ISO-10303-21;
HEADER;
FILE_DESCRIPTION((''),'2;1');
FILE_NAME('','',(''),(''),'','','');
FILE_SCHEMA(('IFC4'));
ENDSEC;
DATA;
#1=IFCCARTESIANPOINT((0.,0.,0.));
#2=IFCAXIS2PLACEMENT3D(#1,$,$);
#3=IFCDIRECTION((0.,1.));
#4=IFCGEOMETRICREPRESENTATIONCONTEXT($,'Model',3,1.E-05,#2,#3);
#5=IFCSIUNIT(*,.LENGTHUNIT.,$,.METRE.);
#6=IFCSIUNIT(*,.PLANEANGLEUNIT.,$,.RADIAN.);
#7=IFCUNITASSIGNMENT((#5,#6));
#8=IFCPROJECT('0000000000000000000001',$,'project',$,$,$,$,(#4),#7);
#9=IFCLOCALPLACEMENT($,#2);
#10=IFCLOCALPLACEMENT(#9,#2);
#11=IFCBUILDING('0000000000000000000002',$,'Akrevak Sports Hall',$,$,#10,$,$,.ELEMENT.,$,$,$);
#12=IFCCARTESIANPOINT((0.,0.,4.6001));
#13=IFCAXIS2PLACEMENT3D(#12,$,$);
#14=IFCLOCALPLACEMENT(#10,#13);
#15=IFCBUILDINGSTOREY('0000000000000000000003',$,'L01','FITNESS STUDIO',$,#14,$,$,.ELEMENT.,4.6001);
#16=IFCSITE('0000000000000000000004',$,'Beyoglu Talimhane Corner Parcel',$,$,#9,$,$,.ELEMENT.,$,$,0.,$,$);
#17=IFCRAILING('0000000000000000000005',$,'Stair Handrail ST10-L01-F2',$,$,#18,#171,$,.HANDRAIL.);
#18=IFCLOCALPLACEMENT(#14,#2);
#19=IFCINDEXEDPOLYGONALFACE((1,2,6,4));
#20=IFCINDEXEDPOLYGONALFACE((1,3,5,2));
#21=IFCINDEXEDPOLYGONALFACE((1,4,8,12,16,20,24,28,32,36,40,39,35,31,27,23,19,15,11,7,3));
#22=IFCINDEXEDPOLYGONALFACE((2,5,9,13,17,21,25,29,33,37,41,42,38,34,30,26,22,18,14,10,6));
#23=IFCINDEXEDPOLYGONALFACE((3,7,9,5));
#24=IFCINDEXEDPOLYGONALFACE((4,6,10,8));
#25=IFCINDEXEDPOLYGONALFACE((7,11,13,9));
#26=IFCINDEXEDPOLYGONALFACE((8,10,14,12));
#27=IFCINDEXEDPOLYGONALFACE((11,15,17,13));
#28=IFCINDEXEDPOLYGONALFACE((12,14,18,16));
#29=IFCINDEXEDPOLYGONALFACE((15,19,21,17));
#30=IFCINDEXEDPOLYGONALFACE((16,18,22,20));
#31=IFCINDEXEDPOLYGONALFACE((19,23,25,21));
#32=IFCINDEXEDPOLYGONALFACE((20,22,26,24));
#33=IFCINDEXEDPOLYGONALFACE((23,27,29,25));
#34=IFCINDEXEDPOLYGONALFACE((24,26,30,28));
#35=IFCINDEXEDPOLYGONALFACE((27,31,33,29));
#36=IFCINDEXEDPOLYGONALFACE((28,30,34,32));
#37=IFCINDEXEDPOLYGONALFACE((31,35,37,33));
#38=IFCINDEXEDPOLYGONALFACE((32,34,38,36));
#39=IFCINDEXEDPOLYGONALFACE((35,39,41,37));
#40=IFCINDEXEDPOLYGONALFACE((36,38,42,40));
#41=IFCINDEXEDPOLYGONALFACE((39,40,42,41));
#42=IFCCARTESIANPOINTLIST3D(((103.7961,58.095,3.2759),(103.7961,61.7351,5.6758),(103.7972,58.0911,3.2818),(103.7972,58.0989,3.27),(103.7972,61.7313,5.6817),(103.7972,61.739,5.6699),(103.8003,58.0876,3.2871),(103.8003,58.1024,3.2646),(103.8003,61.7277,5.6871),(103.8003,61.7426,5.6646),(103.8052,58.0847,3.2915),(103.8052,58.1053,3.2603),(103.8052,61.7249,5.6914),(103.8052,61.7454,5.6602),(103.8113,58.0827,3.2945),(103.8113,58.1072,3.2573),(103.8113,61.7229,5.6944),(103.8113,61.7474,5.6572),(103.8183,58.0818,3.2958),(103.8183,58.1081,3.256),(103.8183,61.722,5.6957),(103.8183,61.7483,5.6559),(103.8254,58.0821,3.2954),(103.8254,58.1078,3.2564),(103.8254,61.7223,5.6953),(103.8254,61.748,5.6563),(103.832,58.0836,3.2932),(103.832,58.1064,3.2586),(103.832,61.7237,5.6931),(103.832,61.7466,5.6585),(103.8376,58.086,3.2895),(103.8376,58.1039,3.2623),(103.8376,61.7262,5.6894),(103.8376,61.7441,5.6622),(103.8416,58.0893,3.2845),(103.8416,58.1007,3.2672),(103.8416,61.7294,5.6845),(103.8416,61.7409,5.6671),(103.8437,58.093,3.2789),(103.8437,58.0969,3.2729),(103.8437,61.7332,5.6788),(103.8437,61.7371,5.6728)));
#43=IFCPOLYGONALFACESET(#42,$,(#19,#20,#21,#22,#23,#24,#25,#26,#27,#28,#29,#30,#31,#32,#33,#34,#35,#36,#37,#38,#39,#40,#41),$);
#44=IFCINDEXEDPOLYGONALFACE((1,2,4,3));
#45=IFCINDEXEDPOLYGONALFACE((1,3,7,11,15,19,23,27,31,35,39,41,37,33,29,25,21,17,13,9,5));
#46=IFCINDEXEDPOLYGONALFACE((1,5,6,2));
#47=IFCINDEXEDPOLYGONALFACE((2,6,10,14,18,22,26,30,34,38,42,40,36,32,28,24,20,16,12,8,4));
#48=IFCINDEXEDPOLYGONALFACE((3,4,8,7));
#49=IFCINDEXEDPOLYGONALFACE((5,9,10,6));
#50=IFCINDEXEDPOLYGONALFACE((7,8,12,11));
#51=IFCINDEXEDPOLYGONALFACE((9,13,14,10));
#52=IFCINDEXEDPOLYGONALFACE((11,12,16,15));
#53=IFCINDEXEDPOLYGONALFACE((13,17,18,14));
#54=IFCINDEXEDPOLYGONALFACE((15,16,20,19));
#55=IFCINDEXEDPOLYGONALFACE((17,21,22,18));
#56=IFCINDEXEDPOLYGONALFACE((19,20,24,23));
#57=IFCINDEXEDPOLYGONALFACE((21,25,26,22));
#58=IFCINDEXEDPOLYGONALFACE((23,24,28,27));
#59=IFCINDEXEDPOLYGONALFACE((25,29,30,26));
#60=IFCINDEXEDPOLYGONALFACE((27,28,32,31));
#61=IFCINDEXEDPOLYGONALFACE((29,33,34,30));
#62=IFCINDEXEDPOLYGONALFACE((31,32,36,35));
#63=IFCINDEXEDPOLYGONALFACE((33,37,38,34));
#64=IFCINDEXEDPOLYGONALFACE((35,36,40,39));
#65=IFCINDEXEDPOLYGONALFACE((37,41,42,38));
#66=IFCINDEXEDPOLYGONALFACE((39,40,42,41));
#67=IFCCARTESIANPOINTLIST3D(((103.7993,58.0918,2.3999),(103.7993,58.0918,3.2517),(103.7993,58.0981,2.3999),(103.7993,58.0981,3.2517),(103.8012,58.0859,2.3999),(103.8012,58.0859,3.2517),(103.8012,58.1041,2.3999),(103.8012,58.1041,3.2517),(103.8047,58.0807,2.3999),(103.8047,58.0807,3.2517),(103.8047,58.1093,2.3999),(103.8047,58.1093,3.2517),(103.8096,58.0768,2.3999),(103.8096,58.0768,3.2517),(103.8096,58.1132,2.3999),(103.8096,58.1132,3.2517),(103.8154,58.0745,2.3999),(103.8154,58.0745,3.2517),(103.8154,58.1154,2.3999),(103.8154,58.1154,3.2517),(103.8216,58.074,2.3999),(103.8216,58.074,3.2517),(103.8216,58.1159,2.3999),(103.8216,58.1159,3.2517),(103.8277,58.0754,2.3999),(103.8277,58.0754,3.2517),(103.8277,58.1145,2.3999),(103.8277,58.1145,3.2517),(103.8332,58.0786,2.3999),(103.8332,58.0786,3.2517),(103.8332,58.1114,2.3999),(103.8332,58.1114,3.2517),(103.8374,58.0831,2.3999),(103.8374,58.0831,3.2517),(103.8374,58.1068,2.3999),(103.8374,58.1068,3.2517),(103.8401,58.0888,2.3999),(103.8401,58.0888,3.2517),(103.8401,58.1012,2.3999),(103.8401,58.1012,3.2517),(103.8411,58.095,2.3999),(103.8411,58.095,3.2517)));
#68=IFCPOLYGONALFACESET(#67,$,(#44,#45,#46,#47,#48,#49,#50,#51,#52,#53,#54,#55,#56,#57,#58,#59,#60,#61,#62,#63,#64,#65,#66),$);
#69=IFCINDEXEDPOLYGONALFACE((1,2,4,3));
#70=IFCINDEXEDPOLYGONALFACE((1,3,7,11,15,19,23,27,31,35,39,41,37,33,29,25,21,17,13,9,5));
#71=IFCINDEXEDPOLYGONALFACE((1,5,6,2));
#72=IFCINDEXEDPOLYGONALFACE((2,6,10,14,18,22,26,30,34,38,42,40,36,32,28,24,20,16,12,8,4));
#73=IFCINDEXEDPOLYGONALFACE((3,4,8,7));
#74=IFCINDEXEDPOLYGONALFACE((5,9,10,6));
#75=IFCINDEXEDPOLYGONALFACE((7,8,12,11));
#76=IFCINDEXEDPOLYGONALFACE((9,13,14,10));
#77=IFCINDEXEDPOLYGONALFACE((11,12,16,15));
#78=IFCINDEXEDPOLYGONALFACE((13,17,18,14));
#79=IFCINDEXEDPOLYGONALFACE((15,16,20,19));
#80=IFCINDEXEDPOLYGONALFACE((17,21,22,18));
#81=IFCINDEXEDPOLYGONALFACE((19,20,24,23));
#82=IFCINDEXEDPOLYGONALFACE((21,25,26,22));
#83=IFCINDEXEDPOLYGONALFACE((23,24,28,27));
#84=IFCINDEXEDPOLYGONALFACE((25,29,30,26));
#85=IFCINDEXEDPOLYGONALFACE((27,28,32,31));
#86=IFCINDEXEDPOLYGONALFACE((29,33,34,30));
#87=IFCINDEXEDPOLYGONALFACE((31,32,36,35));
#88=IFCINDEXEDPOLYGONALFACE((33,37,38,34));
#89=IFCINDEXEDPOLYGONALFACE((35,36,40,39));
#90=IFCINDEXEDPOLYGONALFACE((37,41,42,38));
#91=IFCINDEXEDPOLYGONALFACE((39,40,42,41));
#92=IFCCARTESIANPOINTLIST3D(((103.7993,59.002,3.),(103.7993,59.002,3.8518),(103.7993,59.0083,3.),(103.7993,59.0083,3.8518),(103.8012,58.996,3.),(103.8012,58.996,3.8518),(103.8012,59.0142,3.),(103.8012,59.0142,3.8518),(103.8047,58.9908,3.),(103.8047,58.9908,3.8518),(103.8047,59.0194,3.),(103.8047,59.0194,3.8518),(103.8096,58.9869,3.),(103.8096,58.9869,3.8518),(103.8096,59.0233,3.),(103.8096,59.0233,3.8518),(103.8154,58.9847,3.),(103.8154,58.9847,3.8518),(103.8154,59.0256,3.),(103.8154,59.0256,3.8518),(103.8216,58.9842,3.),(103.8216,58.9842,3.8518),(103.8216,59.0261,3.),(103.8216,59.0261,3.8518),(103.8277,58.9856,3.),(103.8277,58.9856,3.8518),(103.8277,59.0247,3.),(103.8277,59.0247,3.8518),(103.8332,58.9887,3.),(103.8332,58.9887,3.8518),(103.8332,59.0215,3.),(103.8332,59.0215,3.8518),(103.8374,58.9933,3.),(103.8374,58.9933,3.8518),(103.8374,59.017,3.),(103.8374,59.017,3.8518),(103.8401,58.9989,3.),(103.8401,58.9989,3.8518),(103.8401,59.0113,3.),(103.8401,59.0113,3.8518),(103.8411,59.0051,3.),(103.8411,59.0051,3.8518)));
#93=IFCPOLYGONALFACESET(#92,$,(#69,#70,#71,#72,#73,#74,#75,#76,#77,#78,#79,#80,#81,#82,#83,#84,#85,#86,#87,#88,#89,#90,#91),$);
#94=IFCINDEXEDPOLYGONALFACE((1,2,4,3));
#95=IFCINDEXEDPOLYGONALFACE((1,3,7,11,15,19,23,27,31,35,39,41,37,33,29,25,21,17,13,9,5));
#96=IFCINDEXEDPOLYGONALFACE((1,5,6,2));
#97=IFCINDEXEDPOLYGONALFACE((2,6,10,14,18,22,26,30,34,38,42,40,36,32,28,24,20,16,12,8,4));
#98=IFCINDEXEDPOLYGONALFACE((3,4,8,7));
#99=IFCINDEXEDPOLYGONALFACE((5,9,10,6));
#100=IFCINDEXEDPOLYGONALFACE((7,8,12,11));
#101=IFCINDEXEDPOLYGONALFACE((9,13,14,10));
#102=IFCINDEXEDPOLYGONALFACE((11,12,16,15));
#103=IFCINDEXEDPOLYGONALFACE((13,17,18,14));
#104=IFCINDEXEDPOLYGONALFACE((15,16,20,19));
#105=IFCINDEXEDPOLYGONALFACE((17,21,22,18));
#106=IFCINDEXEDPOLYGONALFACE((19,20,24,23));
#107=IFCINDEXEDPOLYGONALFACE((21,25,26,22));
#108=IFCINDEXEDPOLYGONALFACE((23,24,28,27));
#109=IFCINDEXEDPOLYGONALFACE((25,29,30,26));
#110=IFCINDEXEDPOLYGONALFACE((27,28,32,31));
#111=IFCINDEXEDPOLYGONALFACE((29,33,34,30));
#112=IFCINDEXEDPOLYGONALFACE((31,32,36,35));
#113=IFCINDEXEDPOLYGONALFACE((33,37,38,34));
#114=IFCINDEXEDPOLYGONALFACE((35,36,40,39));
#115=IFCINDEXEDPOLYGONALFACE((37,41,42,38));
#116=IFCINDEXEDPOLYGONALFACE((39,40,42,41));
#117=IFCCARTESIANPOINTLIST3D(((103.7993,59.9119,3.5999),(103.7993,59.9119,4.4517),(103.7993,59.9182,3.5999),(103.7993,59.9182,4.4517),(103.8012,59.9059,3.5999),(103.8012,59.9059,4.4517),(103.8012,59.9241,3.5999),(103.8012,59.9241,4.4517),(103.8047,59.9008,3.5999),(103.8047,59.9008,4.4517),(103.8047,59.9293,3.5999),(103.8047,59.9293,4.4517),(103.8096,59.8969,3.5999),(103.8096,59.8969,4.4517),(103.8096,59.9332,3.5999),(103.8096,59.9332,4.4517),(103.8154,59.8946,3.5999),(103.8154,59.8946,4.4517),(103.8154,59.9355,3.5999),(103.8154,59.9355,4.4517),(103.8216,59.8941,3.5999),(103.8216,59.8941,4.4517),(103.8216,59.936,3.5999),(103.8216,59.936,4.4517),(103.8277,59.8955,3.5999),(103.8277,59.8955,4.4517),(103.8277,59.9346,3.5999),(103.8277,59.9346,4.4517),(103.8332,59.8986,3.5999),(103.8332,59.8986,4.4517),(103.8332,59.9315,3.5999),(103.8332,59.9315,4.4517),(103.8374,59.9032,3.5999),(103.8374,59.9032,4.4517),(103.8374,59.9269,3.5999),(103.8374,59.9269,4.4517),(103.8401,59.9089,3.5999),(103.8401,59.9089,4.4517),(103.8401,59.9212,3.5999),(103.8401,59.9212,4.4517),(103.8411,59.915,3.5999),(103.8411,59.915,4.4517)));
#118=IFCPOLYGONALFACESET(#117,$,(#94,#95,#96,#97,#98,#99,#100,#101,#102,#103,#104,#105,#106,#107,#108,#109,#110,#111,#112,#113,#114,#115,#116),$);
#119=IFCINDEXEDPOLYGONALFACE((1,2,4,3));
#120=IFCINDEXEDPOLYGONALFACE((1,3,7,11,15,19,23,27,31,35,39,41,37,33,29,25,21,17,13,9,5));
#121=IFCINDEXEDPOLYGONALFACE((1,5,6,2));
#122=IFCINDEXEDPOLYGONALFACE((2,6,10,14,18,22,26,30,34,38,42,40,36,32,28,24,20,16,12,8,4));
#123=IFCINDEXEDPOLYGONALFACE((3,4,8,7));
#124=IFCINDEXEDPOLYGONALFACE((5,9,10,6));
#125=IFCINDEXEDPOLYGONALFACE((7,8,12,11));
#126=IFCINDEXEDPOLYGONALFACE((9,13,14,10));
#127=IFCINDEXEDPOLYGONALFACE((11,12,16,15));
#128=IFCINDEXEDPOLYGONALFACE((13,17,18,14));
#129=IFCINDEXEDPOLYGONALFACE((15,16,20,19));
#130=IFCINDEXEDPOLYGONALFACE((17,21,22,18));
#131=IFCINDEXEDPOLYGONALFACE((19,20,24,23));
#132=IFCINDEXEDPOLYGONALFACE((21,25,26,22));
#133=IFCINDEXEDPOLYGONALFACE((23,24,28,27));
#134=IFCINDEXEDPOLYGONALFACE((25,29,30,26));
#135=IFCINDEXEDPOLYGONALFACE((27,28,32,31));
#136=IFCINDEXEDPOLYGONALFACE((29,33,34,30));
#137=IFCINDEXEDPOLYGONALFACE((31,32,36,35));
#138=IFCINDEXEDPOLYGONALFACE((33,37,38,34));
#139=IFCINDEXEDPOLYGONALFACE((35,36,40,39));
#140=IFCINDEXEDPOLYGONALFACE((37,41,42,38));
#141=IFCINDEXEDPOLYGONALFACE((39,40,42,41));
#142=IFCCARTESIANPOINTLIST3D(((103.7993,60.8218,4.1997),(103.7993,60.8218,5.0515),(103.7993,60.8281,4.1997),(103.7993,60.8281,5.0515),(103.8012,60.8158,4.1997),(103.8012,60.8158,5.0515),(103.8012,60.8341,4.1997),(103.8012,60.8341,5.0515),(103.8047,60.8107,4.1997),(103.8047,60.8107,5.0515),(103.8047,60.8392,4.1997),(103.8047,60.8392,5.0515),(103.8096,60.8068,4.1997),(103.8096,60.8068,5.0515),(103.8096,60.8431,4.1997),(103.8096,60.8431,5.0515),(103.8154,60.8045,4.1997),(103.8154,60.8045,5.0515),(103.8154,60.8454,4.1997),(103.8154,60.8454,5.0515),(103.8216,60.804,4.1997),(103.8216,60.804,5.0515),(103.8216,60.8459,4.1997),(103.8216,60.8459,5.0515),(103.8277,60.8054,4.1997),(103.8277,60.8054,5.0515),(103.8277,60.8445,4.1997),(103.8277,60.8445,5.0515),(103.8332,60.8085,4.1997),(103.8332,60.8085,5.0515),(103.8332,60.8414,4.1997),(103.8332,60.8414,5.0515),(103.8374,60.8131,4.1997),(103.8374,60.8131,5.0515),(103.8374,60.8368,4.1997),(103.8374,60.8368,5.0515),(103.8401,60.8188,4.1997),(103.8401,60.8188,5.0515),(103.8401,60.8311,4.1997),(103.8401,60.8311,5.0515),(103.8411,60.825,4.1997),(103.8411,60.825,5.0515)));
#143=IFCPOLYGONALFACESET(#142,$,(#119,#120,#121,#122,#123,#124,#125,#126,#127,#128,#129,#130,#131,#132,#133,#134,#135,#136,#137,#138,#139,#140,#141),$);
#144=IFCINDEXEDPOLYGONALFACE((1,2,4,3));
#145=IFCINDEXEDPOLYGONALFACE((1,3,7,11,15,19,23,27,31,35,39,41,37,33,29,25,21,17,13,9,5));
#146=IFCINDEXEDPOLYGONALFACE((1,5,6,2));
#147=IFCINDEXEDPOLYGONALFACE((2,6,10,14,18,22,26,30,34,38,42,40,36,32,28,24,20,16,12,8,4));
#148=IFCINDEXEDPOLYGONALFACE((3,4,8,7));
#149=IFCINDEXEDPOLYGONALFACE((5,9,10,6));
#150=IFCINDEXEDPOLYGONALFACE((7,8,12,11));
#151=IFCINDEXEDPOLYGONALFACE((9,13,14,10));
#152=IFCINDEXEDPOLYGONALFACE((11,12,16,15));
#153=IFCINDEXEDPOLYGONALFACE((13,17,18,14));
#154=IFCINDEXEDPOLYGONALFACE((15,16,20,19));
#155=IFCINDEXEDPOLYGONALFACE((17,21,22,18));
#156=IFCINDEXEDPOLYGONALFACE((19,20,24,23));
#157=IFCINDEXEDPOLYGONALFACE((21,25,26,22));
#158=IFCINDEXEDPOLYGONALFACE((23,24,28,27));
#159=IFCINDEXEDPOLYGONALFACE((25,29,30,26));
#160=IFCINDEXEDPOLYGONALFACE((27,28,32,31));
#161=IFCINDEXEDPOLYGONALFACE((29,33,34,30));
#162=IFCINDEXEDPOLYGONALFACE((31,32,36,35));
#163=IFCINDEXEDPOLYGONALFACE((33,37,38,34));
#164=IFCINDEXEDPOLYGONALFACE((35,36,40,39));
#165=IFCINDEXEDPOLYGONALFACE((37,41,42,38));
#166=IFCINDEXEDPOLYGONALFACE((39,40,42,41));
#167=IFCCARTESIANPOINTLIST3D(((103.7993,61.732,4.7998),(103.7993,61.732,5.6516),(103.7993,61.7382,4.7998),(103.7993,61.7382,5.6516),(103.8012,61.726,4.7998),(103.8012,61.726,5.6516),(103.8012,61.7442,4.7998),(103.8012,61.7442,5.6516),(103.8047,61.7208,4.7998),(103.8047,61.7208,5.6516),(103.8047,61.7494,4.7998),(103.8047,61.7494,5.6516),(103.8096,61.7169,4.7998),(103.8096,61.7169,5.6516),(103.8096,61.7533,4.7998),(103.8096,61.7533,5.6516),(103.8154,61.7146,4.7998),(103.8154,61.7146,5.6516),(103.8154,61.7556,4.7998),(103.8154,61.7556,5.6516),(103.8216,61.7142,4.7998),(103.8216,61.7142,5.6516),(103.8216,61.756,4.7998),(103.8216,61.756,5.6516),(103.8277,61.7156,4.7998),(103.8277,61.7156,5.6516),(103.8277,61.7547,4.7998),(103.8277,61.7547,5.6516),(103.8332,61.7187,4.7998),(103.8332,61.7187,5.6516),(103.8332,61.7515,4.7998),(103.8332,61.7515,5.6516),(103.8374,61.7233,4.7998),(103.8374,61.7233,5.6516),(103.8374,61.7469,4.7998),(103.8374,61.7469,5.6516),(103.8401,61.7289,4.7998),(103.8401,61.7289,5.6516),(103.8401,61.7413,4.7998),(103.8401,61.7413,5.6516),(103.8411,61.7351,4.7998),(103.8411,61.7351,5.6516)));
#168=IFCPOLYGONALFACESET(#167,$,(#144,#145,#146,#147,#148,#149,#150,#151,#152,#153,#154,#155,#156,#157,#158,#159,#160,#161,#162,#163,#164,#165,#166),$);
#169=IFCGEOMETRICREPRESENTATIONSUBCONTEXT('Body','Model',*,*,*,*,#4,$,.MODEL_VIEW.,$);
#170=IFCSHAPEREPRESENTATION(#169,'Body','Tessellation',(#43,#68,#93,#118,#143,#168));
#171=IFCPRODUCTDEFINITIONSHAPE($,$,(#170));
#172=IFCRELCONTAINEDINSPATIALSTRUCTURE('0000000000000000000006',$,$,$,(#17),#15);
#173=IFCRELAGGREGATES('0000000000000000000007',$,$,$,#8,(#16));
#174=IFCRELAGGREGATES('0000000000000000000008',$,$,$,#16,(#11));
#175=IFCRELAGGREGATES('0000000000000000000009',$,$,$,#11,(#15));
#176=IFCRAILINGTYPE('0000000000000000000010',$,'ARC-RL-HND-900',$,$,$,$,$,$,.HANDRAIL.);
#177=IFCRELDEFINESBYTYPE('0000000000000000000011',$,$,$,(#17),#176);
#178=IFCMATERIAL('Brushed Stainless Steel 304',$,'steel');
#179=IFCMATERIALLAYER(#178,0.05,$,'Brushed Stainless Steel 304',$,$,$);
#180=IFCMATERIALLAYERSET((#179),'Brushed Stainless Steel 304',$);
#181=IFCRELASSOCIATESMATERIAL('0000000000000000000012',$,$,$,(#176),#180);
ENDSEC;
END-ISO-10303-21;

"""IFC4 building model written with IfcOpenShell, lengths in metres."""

from ifc_helpers import new_model, si_unit, direction, frame, origin, origin_2d, place, context, subcontext, project, spatial, circle, extrude, material, layer, layer_set, type_object, element, save


model = new_model("IFC4")

# Units and contexts
model_context = context("Model", 3, precision=1e-05, world=origin(), true_north=direction((0.0, 1.0)))
body_context = subcontext(model_context, "Body", "Model", "MODEL_VIEW")
ifc_project = project(units=[si_unit("LENGTHUNIT", "METRE"), si_unit("PLANEANGLEUNIT", "RADIAN")], contexts=[model_context])

# Site, building, storey
site_placement = place(None, origin())
site = spatial("IfcSite", under=ifc_project, at=site_placement, Name="Beyoglu Talimhane Corner Parcel", CompositionType="ELEMENT", RefElevation=0.0)
building_placement = place(site_placement, origin())
building = spatial("IfcBuilding", under=site, at=building_placement, Name="Akrevak Sports Hall", CompositionType="ELEMENT")
storey_placement = place(building_placement, frame((0.0, 0.0, 4.6001)))
storey = spatial("IfcBuildingStorey", under=building, at=storey_placement, Name="L01", Description="FITNESS STUDIO", CompositionType="ELEMENT", Elevation=4.6001)

# Railing
ifc_material_1 = material(Name="Brushed Stainless Steel 304", Category="steel")
ifc_layer_1 = layer(ifc_material_1, 0.05, Name="Brushed Stainless Steel 304")
ifc_layer_set_1 = layer_set([ifc_layer_1], Name="Brushed Stainless Steel 304")
railing_type_1 = type_object("IfcRailingType", Name="ARC-RL-HND-900", PredefinedType="HANDRAIL", material=ifc_layer_set_1)
railing_1_placement = place(storey_placement, frame((103.8201, 58.095, 2.3999)))
element("IfcRailing", 1, at=railing_1_placement, inside=storey, type_object=railing_type_1, Name="Stair Handrail ST10-L01-F2", PredefinedType="HANDRAIL", context=body_context, shape_type="SweptSolid", body=[
    extrude(circle(Radius=0.0239, at=origin_2d()), frame((0.0, 0.0, 0.876), z_axis=(0.0, 0.834882, 0.550429), x_axis=(-1.0, 0.0, 0.0)), (0.0, 0.0, 1.0), 4.3601),
    extrude(circle(Radius=0.021, at=origin_2d()), origin(), (0.0, 0.0, 1.0), 0.8518),
    extrude(circle(Radius=0.021, at=origin_2d()), frame((0.0, 0.9102, 0.6001)), (0.0, 0.0, 1.0), 0.8518),
    extrude(circle(Radius=0.021, at=origin_2d()), frame((0.0, 1.8201, 1.2)), (0.0, 0.0, 1.0), 0.8518),
    extrude(circle(Radius=0.021, at=origin_2d()), frame((0.0, 2.73, 1.7998)), (0.0, 0.0, 1.0), 0.8518),
    extrude(circle(Radius=0.021, at=origin_2d()), frame((0.0, 3.6401, 2.3999)), (0.0, 0.0, 1.0), 0.8518),
])

save(model, "model.ifc")
